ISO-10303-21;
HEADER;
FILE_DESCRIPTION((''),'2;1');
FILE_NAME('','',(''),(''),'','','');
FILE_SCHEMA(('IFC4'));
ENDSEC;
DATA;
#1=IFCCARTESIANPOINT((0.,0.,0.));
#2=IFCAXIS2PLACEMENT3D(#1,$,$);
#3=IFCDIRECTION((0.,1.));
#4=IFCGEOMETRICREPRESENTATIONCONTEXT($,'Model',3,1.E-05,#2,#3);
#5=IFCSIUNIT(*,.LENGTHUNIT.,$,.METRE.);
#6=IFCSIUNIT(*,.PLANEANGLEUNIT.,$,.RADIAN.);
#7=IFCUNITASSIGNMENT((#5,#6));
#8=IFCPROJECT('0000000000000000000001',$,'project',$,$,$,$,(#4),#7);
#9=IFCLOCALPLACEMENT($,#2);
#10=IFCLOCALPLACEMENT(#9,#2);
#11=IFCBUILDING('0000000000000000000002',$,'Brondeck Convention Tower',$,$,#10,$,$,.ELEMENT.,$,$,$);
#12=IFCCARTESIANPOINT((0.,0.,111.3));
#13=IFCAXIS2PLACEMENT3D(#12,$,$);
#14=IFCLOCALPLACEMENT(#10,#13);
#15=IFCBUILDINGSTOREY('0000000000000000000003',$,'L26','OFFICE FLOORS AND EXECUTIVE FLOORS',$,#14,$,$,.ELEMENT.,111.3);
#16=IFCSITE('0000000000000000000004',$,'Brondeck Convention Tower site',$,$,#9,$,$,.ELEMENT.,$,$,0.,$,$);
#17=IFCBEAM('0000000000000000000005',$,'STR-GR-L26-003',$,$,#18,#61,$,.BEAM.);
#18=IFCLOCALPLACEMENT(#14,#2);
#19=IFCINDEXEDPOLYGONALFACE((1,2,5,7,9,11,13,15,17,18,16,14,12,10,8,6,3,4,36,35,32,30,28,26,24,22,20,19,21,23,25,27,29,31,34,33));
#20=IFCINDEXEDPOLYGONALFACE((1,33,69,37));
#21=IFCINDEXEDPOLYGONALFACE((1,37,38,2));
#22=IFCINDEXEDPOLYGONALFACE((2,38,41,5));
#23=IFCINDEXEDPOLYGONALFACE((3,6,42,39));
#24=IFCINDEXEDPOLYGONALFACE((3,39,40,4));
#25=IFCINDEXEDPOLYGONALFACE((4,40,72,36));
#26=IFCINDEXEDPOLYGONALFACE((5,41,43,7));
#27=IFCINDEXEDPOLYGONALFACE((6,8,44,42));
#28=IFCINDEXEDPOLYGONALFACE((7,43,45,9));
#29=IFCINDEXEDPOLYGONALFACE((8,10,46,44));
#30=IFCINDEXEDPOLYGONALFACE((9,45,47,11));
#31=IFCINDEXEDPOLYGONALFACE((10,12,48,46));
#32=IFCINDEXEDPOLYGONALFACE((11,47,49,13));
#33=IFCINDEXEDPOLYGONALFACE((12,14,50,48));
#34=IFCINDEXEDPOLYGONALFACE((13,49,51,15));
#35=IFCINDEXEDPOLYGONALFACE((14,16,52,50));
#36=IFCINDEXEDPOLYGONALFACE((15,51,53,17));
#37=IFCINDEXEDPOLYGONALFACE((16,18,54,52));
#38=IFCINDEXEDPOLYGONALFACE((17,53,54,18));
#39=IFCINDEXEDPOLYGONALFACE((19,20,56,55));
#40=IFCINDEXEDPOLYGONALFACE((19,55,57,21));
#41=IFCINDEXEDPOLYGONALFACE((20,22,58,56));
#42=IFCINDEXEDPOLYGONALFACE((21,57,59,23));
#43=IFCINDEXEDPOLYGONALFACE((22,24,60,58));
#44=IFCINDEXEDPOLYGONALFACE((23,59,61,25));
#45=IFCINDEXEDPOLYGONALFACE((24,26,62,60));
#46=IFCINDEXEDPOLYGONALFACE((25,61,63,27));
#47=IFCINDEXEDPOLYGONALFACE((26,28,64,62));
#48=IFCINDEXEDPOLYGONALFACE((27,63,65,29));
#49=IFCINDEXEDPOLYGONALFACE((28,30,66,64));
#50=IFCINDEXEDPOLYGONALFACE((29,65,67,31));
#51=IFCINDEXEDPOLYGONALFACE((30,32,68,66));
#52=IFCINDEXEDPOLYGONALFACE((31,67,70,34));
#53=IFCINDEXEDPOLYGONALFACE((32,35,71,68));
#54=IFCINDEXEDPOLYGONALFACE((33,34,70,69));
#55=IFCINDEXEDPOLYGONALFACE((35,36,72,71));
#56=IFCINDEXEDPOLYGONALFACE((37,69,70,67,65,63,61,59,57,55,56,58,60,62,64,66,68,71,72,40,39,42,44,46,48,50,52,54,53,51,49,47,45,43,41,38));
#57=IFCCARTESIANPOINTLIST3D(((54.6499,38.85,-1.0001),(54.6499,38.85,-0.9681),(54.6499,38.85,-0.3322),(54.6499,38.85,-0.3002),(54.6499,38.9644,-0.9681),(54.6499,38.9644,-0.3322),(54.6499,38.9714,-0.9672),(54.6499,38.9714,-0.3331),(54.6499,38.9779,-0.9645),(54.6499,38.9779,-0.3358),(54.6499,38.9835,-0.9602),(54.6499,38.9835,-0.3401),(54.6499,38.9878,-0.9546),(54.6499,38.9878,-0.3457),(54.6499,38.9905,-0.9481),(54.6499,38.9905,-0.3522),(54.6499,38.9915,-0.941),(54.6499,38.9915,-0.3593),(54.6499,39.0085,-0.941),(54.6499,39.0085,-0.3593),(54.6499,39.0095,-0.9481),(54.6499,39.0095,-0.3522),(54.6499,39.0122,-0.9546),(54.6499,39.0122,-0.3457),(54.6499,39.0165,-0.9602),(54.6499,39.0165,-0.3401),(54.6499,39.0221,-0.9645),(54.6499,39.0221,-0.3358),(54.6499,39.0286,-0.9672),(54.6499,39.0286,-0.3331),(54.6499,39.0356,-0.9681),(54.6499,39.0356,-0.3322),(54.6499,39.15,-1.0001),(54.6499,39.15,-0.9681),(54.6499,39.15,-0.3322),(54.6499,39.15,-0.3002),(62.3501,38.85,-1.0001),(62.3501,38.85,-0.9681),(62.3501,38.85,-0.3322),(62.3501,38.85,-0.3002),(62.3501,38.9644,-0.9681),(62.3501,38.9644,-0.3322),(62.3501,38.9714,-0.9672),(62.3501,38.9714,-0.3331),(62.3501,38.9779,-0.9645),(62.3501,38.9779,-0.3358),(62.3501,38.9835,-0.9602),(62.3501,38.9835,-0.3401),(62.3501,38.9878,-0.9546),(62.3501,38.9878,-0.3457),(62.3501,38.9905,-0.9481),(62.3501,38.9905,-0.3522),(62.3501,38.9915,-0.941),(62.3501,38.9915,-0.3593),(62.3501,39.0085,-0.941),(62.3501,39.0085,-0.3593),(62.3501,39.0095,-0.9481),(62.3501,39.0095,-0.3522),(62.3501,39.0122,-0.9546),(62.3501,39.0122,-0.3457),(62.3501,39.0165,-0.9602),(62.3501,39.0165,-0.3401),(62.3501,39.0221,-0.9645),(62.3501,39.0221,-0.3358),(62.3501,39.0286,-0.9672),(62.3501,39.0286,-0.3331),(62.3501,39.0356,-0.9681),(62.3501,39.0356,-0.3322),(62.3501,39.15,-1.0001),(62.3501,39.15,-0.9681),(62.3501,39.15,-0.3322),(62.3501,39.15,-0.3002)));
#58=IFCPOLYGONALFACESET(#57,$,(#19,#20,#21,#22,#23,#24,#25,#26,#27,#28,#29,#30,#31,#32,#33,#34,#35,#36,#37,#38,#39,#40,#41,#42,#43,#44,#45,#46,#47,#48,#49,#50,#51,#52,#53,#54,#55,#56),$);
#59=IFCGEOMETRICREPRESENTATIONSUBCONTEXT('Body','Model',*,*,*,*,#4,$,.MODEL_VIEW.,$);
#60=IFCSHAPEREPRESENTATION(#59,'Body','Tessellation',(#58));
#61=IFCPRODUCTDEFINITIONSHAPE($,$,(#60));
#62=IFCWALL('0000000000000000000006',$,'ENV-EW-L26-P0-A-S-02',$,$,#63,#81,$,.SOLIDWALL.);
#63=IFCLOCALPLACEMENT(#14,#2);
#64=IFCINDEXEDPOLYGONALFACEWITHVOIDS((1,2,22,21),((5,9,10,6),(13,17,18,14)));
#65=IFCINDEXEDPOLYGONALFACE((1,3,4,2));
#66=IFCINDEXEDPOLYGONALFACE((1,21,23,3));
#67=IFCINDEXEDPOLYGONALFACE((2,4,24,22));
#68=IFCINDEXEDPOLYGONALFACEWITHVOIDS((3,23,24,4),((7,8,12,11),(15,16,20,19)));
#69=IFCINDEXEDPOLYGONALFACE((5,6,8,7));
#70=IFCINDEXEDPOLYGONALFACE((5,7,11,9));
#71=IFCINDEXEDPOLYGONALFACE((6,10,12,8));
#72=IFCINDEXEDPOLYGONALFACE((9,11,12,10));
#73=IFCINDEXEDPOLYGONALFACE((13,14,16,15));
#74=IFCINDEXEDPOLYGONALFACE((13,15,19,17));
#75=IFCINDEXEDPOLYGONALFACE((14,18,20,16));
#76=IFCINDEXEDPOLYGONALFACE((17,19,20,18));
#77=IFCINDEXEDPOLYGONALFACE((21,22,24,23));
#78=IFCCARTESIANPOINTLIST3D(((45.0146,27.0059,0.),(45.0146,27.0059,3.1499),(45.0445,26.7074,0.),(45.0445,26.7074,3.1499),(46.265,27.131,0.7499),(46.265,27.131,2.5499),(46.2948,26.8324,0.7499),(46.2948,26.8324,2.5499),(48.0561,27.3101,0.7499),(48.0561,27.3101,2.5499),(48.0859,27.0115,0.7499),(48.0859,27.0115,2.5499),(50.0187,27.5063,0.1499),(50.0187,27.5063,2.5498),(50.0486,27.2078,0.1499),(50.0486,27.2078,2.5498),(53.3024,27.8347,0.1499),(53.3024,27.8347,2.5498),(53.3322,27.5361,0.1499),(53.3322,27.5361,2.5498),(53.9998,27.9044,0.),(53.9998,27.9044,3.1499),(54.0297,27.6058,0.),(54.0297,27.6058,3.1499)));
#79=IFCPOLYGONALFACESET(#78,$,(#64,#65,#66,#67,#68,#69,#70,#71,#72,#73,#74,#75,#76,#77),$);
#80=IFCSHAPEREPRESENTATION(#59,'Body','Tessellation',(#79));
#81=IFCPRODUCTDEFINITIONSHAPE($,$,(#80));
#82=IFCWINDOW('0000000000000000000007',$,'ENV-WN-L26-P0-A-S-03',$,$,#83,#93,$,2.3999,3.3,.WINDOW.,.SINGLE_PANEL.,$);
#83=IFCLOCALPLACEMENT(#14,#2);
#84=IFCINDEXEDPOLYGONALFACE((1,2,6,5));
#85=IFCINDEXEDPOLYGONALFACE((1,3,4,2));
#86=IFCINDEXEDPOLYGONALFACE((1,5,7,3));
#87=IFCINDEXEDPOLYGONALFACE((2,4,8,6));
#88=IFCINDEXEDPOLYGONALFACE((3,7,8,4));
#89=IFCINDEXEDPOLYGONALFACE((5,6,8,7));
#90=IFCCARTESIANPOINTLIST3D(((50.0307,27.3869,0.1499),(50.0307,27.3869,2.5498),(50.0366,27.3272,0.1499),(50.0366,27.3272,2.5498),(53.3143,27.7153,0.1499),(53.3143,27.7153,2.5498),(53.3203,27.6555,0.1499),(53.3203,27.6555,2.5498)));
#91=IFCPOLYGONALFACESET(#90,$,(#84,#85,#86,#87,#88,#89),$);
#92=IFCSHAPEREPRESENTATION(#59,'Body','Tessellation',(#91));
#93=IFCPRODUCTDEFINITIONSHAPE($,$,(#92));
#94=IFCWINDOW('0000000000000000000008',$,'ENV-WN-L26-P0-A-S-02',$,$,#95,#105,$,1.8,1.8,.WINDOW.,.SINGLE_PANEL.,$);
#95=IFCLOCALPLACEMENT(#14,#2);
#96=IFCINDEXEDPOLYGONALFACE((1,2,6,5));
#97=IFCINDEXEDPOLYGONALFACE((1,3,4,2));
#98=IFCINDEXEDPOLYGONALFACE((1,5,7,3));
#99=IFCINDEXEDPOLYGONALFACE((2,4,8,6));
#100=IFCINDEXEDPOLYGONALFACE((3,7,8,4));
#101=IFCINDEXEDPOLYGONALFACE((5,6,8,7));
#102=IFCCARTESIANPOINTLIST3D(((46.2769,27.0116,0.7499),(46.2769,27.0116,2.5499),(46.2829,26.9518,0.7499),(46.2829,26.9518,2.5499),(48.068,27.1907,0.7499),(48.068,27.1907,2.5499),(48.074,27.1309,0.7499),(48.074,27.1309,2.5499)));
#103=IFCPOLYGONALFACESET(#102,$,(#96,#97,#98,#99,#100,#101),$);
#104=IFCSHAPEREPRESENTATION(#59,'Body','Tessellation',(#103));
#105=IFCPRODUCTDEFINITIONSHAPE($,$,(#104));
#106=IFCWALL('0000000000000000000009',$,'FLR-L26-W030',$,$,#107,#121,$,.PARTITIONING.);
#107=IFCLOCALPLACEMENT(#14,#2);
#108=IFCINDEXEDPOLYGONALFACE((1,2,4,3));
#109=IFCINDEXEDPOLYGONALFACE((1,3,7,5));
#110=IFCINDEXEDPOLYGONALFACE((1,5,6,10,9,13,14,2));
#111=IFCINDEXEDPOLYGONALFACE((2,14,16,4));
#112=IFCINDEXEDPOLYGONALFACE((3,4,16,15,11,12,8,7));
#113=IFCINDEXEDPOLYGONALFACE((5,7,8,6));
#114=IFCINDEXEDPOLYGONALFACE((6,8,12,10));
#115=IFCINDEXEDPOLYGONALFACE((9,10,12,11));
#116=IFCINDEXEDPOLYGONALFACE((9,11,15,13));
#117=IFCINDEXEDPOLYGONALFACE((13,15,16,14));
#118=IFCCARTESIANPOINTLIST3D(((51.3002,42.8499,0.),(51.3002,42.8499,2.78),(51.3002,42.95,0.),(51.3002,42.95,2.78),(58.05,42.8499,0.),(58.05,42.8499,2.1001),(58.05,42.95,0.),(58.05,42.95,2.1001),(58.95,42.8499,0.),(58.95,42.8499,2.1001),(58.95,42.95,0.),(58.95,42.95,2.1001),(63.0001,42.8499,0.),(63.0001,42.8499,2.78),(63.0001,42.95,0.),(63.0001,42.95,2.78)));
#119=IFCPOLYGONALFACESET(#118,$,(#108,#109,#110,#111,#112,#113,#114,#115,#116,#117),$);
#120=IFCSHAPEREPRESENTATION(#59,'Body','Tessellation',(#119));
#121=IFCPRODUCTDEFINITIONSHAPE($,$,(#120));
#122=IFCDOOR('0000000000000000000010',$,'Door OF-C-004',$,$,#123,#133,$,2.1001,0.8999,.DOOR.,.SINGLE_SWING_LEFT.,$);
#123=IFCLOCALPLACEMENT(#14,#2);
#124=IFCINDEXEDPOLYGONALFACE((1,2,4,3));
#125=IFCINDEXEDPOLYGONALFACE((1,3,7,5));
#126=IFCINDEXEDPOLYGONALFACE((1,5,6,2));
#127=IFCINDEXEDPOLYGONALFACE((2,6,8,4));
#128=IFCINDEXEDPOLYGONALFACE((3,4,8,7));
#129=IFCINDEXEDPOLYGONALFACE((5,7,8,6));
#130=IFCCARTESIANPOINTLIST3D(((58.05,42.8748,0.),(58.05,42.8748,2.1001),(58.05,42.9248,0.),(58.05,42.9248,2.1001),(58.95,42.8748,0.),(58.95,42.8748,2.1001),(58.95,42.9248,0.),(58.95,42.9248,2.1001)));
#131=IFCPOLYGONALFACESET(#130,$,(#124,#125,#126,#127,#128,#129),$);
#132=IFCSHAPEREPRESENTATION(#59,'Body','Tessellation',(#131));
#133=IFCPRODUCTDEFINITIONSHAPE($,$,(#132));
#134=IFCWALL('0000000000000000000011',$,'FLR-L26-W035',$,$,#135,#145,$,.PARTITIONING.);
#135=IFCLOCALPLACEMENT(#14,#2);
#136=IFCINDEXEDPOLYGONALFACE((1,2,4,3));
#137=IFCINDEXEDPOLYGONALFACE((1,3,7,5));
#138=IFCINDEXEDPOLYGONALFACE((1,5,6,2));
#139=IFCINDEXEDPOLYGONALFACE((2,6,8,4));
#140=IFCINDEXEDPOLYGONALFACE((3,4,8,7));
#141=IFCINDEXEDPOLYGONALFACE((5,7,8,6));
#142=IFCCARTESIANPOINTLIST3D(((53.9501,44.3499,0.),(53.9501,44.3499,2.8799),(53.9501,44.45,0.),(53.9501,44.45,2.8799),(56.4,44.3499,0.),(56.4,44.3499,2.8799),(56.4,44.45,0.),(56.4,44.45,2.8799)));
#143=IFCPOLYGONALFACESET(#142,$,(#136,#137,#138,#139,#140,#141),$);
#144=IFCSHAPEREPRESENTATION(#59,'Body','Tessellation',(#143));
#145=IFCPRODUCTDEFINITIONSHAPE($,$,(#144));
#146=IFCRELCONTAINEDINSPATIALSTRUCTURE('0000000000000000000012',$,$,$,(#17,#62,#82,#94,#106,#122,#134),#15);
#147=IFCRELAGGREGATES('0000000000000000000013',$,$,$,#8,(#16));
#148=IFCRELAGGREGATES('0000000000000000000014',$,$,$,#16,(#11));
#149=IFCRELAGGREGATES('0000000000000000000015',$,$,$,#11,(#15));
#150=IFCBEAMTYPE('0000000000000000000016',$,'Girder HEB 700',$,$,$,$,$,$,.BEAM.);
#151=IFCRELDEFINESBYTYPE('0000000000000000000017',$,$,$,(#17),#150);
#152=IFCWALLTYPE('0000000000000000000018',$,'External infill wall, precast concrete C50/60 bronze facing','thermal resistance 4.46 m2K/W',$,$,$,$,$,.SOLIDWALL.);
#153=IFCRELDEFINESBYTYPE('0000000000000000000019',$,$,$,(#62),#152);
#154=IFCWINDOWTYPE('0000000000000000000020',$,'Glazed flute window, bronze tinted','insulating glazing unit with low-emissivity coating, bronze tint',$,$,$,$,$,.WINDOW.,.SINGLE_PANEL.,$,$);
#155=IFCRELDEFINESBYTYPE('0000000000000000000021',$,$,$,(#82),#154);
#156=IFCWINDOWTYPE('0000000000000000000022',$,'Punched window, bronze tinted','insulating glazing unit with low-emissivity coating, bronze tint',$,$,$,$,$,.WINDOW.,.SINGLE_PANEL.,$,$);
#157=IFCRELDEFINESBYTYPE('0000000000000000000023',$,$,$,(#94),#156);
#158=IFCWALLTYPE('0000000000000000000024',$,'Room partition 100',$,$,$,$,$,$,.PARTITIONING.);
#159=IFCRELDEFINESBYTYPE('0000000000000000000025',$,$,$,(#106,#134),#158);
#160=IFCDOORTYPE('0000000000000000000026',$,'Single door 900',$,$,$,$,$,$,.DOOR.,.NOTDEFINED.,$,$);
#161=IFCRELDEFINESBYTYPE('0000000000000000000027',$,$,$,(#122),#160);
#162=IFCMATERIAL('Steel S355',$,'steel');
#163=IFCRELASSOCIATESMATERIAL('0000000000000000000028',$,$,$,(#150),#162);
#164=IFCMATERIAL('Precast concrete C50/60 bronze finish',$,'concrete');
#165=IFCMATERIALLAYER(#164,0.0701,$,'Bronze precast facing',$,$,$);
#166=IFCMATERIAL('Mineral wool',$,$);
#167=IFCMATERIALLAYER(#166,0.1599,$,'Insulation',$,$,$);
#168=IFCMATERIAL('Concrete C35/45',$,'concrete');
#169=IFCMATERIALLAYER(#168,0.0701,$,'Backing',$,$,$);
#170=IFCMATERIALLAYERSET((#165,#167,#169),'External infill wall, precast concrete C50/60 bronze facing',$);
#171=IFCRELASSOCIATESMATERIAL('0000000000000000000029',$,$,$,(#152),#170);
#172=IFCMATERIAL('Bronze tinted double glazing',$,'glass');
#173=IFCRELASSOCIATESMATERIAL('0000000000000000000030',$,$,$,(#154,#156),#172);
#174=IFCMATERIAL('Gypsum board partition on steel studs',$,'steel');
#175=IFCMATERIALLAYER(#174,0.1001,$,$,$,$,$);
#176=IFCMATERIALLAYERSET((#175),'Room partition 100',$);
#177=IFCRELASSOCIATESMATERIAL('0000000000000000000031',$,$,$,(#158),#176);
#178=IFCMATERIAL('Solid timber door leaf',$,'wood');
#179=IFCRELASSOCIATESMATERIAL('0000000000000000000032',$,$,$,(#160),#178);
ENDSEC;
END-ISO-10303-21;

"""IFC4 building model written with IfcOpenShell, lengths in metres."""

from ifc_helpers import new_model, si_unit, direction, frame, frame_2d, origin, origin_2d, place, context, subcontext, project, spatial, rectangle, i_section, extrude, material, layer, layer_set, material_profile, profile_set, type_object, element, fill, save


model = new_model("IFC4")

# Units and contexts
model_context = context("Model", 3, precision=1e-05, world=origin(), true_north=direction((0.0, 1.0)))
body_context = subcontext(model_context, "Body", "Model", "MODEL_VIEW")
ifc_project = project(units=[si_unit("LENGTHUNIT", "METRE"), si_unit("PLANEANGLEUNIT", "RADIAN")], contexts=[model_context])

# Site, building, storey
site_placement = place(None, origin())
site = spatial("IfcSite", under=ifc_project, at=site_placement, Name="Brondeck Convention Tower site", CompositionType="ELEMENT", RefElevation=0.0)
building_placement = place(site_placement, origin())
building = spatial("IfcBuilding", under=site, at=building_placement, Name="Brondeck Convention Tower", CompositionType="ELEMENT")
storey_placement = place(building_placement, frame((0.0, 0.0, 111.3)))
storey = spatial("IfcBuildingStorey", under=building, at=storey_placement, Name="L26", Description="OFFICE FLOORS AND EXECUTIVE FLOORS", CompositionType="ELEMENT", Elevation=111.3)

# Beam
ifc_material_1 = material(Name="Steel S355", Category="steel")
ifc_material_profile_1 = material_profile(ifc_material_1, i_section(OverallWidth=0.3, OverallDepth=0.7, WebThickness=0.0171, FlangeThickness=0.032, FilletRadius=0.0271, at=origin_2d()), Name="HEB 700")
ifc_profile_set_1 = profile_set([ifc_material_profile_1], Name="Steel S355")
beam_type_1 = type_object("IfcBeamType", Name="Girder HEB 700", PredefinedType="BEAM", material=ifc_profile_set_1)
for number, where, z_axis, x_axis, name in (
    (1, (54.6499, 39.0, -0.6501), (1.0, 0.0, 0.0), (0.0, 1.0, 0.0), "STR-GR-L26-003"),
):
    element("IfcBeam", number, at=place(storey_placement, frame(where, z_axis=z_axis, x_axis=x_axis)), inside=storey, type_object=beam_type_1, Name=name, PredefinedType="BEAM", context=body_context, shape_type="SweptSolid", body=[
        extrude(i_section(OverallWidth=0.3, OverallDepth=0.7, WebThickness=0.0171, FlangeThickness=0.032, FilletRadius=0.0271, at=origin_2d()), origin(), (0.0, 0.0, 1.0), 7.7002),
    ])

# Wall, openings, windows
ifc_material_2 = material(Name="Precast concrete C50/60 bronze finish", Category="concrete")
ifc_layer_1 = layer(ifc_material_2, 0.0701, Name="Bronze precast facing")
ifc_material_3 = material(Name="Mineral wool")
ifc_layer_2 = layer(ifc_material_3, 0.1599, Name="Insulation")
ifc_material_4 = material(Name="Concrete C35/45", Category="concrete")
ifc_layer_3 = layer(ifc_material_4, 0.0701, Name="Backing")
ifc_layer_set_1 = layer_set([ifc_layer_1, ifc_layer_2, ifc_layer_3], Name="External infill wall, precast concrete C50/60 bronze facing")
wall_type_1 = type_object("IfcWallType", Name="External infill wall, precast concrete C50/60 bronze facing", Description="thermal resistance 4.46 m2K/W", PredefinedType="SOLIDWALL", material=ifc_layer_set_1)
wall_1_placement = place(storey_placement, frame((54.0149, 27.7551, 0.0), z_axis=(0.0, 0.0, 1.0), x_axis=(-0.995038, -0.099496, 0.0)))
wall_1 = element("IfcWall", 2, at=wall_1_placement, inside=storey, type_object=wall_type_1, Name="ENV-EW-L26-P0-A-S-02", PredefinedType="SOLIDWALL", context=body_context, shape_type="SweptSolid", body=[
    extrude(rectangle(XDim=9.03, YDim=0.3, at=frame_2d((4.5151, 0.0))), origin(), (0.0, 0.0, 1.0), 3.1499),
])
opening_1_placement = place(wall_1_placement, frame((0.7012, 0.0, 0.1499)))
opening_1 = element("IfcOpeningElement", 3, at=opening_1_placement, cuts=wall_1, PredefinedType="OPENING", context=body_context, shape_type="SweptSolid", body=[
    extrude(rectangle(XDim=3.3, YDim=2.3999, at=frame_2d((1.6499, 1.2))), frame((0.0, 0.1599, 0.0), z_axis=(0.0, -1.0, 0.0), x_axis=(1.0, 0.0, 0.0)), (0.0, 0.0, 1.0), 0.3201),
])
opening_2_placement = place(wall_1_placement, frame((5.9736, 0.0, 0.75)))
opening_2 = element("IfcOpeningElement", 4, at=opening_2_placement, cuts=wall_1, PredefinedType="OPENING", context=body_context, shape_type="SweptSolid", body=[
    extrude(rectangle(XDim=1.8, YDim=1.8, at=frame_2d((0.8999, 0.8999))), frame((0.0, 0.1599, 0.0), z_axis=(0.0, -1.0, 0.0), x_axis=(1.0, 0.0, 0.0)), (0.0, 0.0, 1.0), 0.3201),
])
ifc_material_5 = material(Name="Bronze tinted double glazing", Category="glass")
window_type_1 = type_object("IfcWindowType", Name="Glazed flute window, bronze tinted", Description="insulating glazing unit with low-emissivity coating, bronze tint", PartitioningType="SINGLE_PANEL", PredefinedType="WINDOW", material=ifc_material_5)
window_1_placement = place(opening_1_placement, origin())
window_1 = element("IfcWindow", 5, at=window_1_placement, inside=storey, type_object=window_type_1, Name="ENV-WN-L26-P0-A-S-03", OverallHeight=2.3999, OverallWidth=3.3, PartitioningType="SINGLE_PANEL", PredefinedType="WINDOW", context=body_context, shape_type="SweptSolid", body=[
    extrude(rectangle(XDim=3.3, YDim=2.3999, at=frame_2d((1.6499, 1.2))), frame((0.0, 0.03, 0.0), z_axis=(0.0, -1.0, 0.0), x_axis=(1.0, 0.0, 0.0)), (0.0, 0.0, 1.0), 0.0601),
])
fill(opening_1, window_1)
window_type_2 = type_object("IfcWindowType", Name="Punched window, bronze tinted", Description="insulating glazing unit with low-emissivity coating, bronze tint", PartitioningType="SINGLE_PANEL", PredefinedType="WINDOW", material=ifc_material_5)
window_2_placement = place(opening_2_placement, origin())
window_2 = element("IfcWindow", 6, at=window_2_placement, inside=storey, type_object=window_type_2, Name="ENV-WN-L26-P0-A-S-02", OverallHeight=1.8, OverallWidth=1.8, PartitioningType="SINGLE_PANEL", PredefinedType="WINDOW", context=body_context, shape_type="SweptSolid", body=[
    extrude(rectangle(XDim=1.8, YDim=1.8, at=frame_2d((0.8999, 0.8999))), frame((0.0, 0.03, 0.0), z_axis=(0.0, -1.0, 0.0), x_axis=(1.0, 0.0, 0.0)), (0.0, 0.0, 1.0), 0.0601),
])
fill(opening_2, window_2)

# Wall, opening, door
ifc_material_6 = material(Name="Gypsum board partition on steel studs", Category="steel")
ifc_layer_4 = layer(ifc_material_6, 0.1001)
ifc_layer_set_2 = layer_set([ifc_layer_4], Name="Room partition 100")
wall_type_2 = type_object("IfcWallType", Name="Room partition 100", PredefinedType="PARTITIONING", material=ifc_layer_set_2)
wall_2_placement = place(storey_placement, frame((51.3, 42.8999, 0.0), z_axis=(0.0, 0.0, 1.0), x_axis=(1.0, 0.0, 0.0)))
wall_2 = element("IfcWall", 7, at=wall_2_placement, inside=storey, type_object=wall_type_2, Name="FLR-L26-W030", PredefinedType="PARTITIONING", context=body_context, shape_type="SweptSolid", body=[
    extrude(rectangle(XDim=11.7, YDim=0.1001, at=frame_2d((5.8501, 0.0))), origin(), (0.0, 0.0, 1.0), 2.78),
])
opening_3_placement = place(wall_2_placement, frame((6.75, 0.0, 0.0)))
opening_3 = element("IfcOpeningElement", 8, at=opening_3_placement, cuts=wall_2, PredefinedType="OPENING", context=body_context, shape_type="SweptSolid", body=[
    extrude(rectangle(XDim=0.8999, YDim=2.1001, at=frame_2d((0.45, 1.05))), frame((0.0, 0.0601, 0.0), z_axis=(0.0, -1.0, 0.0), x_axis=(1.0, 0.0, 0.0)), (0.0, 0.0, 1.0), 0.1201),
])
ifc_material_7 = material(Name="Solid timber door leaf", Category="wood")
door_type_1 = type_object("IfcDoorType", Name="Single door 900", OperationType="NOTDEFINED", PredefinedType="DOOR", material=ifc_material_7)
door_1_placement = place(opening_3_placement, origin())
door_1 = element("IfcDoor", 9, at=door_1_placement, inside=storey, type_object=door_type_1, Name="Door OF-C-004", OperationType="SINGLE_SWING_LEFT", OverallHeight=2.1001, OverallWidth=0.8999, PredefinedType="DOOR", context=body_context, shape_type="SweptSolid", body=[
    extrude(rectangle(XDim=0.8999, YDim=2.1001, at=frame_2d((0.45, 1.05))), frame((0.0, 0.0249, 0.0), z_axis=(0.0, -1.0, 0.0), x_axis=(1.0, 0.0, 0.0)), (0.0, 0.0, 1.0), 0.05),
])
fill(opening_3, door_1)

# Wall
wall_3_placement = place(storey_placement, frame((53.95, 44.3999, 0.0), z_axis=(0.0, 0.0, 1.0), x_axis=(1.0, 0.0, 0.0)))
element("IfcWall", 10, at=wall_3_placement, inside=storey, type_object=wall_type_2, Name="FLR-L26-W035", PredefinedType="PARTITIONING", context=body_context, shape_type="SweptSolid", body=[
    extrude(rectangle(XDim=2.45, YDim=0.1001, at=frame_2d((1.2251, 0.0))), origin(), (0.0, 0.0, 1.0), 2.8799),
])

save(model, "model.ifc")
